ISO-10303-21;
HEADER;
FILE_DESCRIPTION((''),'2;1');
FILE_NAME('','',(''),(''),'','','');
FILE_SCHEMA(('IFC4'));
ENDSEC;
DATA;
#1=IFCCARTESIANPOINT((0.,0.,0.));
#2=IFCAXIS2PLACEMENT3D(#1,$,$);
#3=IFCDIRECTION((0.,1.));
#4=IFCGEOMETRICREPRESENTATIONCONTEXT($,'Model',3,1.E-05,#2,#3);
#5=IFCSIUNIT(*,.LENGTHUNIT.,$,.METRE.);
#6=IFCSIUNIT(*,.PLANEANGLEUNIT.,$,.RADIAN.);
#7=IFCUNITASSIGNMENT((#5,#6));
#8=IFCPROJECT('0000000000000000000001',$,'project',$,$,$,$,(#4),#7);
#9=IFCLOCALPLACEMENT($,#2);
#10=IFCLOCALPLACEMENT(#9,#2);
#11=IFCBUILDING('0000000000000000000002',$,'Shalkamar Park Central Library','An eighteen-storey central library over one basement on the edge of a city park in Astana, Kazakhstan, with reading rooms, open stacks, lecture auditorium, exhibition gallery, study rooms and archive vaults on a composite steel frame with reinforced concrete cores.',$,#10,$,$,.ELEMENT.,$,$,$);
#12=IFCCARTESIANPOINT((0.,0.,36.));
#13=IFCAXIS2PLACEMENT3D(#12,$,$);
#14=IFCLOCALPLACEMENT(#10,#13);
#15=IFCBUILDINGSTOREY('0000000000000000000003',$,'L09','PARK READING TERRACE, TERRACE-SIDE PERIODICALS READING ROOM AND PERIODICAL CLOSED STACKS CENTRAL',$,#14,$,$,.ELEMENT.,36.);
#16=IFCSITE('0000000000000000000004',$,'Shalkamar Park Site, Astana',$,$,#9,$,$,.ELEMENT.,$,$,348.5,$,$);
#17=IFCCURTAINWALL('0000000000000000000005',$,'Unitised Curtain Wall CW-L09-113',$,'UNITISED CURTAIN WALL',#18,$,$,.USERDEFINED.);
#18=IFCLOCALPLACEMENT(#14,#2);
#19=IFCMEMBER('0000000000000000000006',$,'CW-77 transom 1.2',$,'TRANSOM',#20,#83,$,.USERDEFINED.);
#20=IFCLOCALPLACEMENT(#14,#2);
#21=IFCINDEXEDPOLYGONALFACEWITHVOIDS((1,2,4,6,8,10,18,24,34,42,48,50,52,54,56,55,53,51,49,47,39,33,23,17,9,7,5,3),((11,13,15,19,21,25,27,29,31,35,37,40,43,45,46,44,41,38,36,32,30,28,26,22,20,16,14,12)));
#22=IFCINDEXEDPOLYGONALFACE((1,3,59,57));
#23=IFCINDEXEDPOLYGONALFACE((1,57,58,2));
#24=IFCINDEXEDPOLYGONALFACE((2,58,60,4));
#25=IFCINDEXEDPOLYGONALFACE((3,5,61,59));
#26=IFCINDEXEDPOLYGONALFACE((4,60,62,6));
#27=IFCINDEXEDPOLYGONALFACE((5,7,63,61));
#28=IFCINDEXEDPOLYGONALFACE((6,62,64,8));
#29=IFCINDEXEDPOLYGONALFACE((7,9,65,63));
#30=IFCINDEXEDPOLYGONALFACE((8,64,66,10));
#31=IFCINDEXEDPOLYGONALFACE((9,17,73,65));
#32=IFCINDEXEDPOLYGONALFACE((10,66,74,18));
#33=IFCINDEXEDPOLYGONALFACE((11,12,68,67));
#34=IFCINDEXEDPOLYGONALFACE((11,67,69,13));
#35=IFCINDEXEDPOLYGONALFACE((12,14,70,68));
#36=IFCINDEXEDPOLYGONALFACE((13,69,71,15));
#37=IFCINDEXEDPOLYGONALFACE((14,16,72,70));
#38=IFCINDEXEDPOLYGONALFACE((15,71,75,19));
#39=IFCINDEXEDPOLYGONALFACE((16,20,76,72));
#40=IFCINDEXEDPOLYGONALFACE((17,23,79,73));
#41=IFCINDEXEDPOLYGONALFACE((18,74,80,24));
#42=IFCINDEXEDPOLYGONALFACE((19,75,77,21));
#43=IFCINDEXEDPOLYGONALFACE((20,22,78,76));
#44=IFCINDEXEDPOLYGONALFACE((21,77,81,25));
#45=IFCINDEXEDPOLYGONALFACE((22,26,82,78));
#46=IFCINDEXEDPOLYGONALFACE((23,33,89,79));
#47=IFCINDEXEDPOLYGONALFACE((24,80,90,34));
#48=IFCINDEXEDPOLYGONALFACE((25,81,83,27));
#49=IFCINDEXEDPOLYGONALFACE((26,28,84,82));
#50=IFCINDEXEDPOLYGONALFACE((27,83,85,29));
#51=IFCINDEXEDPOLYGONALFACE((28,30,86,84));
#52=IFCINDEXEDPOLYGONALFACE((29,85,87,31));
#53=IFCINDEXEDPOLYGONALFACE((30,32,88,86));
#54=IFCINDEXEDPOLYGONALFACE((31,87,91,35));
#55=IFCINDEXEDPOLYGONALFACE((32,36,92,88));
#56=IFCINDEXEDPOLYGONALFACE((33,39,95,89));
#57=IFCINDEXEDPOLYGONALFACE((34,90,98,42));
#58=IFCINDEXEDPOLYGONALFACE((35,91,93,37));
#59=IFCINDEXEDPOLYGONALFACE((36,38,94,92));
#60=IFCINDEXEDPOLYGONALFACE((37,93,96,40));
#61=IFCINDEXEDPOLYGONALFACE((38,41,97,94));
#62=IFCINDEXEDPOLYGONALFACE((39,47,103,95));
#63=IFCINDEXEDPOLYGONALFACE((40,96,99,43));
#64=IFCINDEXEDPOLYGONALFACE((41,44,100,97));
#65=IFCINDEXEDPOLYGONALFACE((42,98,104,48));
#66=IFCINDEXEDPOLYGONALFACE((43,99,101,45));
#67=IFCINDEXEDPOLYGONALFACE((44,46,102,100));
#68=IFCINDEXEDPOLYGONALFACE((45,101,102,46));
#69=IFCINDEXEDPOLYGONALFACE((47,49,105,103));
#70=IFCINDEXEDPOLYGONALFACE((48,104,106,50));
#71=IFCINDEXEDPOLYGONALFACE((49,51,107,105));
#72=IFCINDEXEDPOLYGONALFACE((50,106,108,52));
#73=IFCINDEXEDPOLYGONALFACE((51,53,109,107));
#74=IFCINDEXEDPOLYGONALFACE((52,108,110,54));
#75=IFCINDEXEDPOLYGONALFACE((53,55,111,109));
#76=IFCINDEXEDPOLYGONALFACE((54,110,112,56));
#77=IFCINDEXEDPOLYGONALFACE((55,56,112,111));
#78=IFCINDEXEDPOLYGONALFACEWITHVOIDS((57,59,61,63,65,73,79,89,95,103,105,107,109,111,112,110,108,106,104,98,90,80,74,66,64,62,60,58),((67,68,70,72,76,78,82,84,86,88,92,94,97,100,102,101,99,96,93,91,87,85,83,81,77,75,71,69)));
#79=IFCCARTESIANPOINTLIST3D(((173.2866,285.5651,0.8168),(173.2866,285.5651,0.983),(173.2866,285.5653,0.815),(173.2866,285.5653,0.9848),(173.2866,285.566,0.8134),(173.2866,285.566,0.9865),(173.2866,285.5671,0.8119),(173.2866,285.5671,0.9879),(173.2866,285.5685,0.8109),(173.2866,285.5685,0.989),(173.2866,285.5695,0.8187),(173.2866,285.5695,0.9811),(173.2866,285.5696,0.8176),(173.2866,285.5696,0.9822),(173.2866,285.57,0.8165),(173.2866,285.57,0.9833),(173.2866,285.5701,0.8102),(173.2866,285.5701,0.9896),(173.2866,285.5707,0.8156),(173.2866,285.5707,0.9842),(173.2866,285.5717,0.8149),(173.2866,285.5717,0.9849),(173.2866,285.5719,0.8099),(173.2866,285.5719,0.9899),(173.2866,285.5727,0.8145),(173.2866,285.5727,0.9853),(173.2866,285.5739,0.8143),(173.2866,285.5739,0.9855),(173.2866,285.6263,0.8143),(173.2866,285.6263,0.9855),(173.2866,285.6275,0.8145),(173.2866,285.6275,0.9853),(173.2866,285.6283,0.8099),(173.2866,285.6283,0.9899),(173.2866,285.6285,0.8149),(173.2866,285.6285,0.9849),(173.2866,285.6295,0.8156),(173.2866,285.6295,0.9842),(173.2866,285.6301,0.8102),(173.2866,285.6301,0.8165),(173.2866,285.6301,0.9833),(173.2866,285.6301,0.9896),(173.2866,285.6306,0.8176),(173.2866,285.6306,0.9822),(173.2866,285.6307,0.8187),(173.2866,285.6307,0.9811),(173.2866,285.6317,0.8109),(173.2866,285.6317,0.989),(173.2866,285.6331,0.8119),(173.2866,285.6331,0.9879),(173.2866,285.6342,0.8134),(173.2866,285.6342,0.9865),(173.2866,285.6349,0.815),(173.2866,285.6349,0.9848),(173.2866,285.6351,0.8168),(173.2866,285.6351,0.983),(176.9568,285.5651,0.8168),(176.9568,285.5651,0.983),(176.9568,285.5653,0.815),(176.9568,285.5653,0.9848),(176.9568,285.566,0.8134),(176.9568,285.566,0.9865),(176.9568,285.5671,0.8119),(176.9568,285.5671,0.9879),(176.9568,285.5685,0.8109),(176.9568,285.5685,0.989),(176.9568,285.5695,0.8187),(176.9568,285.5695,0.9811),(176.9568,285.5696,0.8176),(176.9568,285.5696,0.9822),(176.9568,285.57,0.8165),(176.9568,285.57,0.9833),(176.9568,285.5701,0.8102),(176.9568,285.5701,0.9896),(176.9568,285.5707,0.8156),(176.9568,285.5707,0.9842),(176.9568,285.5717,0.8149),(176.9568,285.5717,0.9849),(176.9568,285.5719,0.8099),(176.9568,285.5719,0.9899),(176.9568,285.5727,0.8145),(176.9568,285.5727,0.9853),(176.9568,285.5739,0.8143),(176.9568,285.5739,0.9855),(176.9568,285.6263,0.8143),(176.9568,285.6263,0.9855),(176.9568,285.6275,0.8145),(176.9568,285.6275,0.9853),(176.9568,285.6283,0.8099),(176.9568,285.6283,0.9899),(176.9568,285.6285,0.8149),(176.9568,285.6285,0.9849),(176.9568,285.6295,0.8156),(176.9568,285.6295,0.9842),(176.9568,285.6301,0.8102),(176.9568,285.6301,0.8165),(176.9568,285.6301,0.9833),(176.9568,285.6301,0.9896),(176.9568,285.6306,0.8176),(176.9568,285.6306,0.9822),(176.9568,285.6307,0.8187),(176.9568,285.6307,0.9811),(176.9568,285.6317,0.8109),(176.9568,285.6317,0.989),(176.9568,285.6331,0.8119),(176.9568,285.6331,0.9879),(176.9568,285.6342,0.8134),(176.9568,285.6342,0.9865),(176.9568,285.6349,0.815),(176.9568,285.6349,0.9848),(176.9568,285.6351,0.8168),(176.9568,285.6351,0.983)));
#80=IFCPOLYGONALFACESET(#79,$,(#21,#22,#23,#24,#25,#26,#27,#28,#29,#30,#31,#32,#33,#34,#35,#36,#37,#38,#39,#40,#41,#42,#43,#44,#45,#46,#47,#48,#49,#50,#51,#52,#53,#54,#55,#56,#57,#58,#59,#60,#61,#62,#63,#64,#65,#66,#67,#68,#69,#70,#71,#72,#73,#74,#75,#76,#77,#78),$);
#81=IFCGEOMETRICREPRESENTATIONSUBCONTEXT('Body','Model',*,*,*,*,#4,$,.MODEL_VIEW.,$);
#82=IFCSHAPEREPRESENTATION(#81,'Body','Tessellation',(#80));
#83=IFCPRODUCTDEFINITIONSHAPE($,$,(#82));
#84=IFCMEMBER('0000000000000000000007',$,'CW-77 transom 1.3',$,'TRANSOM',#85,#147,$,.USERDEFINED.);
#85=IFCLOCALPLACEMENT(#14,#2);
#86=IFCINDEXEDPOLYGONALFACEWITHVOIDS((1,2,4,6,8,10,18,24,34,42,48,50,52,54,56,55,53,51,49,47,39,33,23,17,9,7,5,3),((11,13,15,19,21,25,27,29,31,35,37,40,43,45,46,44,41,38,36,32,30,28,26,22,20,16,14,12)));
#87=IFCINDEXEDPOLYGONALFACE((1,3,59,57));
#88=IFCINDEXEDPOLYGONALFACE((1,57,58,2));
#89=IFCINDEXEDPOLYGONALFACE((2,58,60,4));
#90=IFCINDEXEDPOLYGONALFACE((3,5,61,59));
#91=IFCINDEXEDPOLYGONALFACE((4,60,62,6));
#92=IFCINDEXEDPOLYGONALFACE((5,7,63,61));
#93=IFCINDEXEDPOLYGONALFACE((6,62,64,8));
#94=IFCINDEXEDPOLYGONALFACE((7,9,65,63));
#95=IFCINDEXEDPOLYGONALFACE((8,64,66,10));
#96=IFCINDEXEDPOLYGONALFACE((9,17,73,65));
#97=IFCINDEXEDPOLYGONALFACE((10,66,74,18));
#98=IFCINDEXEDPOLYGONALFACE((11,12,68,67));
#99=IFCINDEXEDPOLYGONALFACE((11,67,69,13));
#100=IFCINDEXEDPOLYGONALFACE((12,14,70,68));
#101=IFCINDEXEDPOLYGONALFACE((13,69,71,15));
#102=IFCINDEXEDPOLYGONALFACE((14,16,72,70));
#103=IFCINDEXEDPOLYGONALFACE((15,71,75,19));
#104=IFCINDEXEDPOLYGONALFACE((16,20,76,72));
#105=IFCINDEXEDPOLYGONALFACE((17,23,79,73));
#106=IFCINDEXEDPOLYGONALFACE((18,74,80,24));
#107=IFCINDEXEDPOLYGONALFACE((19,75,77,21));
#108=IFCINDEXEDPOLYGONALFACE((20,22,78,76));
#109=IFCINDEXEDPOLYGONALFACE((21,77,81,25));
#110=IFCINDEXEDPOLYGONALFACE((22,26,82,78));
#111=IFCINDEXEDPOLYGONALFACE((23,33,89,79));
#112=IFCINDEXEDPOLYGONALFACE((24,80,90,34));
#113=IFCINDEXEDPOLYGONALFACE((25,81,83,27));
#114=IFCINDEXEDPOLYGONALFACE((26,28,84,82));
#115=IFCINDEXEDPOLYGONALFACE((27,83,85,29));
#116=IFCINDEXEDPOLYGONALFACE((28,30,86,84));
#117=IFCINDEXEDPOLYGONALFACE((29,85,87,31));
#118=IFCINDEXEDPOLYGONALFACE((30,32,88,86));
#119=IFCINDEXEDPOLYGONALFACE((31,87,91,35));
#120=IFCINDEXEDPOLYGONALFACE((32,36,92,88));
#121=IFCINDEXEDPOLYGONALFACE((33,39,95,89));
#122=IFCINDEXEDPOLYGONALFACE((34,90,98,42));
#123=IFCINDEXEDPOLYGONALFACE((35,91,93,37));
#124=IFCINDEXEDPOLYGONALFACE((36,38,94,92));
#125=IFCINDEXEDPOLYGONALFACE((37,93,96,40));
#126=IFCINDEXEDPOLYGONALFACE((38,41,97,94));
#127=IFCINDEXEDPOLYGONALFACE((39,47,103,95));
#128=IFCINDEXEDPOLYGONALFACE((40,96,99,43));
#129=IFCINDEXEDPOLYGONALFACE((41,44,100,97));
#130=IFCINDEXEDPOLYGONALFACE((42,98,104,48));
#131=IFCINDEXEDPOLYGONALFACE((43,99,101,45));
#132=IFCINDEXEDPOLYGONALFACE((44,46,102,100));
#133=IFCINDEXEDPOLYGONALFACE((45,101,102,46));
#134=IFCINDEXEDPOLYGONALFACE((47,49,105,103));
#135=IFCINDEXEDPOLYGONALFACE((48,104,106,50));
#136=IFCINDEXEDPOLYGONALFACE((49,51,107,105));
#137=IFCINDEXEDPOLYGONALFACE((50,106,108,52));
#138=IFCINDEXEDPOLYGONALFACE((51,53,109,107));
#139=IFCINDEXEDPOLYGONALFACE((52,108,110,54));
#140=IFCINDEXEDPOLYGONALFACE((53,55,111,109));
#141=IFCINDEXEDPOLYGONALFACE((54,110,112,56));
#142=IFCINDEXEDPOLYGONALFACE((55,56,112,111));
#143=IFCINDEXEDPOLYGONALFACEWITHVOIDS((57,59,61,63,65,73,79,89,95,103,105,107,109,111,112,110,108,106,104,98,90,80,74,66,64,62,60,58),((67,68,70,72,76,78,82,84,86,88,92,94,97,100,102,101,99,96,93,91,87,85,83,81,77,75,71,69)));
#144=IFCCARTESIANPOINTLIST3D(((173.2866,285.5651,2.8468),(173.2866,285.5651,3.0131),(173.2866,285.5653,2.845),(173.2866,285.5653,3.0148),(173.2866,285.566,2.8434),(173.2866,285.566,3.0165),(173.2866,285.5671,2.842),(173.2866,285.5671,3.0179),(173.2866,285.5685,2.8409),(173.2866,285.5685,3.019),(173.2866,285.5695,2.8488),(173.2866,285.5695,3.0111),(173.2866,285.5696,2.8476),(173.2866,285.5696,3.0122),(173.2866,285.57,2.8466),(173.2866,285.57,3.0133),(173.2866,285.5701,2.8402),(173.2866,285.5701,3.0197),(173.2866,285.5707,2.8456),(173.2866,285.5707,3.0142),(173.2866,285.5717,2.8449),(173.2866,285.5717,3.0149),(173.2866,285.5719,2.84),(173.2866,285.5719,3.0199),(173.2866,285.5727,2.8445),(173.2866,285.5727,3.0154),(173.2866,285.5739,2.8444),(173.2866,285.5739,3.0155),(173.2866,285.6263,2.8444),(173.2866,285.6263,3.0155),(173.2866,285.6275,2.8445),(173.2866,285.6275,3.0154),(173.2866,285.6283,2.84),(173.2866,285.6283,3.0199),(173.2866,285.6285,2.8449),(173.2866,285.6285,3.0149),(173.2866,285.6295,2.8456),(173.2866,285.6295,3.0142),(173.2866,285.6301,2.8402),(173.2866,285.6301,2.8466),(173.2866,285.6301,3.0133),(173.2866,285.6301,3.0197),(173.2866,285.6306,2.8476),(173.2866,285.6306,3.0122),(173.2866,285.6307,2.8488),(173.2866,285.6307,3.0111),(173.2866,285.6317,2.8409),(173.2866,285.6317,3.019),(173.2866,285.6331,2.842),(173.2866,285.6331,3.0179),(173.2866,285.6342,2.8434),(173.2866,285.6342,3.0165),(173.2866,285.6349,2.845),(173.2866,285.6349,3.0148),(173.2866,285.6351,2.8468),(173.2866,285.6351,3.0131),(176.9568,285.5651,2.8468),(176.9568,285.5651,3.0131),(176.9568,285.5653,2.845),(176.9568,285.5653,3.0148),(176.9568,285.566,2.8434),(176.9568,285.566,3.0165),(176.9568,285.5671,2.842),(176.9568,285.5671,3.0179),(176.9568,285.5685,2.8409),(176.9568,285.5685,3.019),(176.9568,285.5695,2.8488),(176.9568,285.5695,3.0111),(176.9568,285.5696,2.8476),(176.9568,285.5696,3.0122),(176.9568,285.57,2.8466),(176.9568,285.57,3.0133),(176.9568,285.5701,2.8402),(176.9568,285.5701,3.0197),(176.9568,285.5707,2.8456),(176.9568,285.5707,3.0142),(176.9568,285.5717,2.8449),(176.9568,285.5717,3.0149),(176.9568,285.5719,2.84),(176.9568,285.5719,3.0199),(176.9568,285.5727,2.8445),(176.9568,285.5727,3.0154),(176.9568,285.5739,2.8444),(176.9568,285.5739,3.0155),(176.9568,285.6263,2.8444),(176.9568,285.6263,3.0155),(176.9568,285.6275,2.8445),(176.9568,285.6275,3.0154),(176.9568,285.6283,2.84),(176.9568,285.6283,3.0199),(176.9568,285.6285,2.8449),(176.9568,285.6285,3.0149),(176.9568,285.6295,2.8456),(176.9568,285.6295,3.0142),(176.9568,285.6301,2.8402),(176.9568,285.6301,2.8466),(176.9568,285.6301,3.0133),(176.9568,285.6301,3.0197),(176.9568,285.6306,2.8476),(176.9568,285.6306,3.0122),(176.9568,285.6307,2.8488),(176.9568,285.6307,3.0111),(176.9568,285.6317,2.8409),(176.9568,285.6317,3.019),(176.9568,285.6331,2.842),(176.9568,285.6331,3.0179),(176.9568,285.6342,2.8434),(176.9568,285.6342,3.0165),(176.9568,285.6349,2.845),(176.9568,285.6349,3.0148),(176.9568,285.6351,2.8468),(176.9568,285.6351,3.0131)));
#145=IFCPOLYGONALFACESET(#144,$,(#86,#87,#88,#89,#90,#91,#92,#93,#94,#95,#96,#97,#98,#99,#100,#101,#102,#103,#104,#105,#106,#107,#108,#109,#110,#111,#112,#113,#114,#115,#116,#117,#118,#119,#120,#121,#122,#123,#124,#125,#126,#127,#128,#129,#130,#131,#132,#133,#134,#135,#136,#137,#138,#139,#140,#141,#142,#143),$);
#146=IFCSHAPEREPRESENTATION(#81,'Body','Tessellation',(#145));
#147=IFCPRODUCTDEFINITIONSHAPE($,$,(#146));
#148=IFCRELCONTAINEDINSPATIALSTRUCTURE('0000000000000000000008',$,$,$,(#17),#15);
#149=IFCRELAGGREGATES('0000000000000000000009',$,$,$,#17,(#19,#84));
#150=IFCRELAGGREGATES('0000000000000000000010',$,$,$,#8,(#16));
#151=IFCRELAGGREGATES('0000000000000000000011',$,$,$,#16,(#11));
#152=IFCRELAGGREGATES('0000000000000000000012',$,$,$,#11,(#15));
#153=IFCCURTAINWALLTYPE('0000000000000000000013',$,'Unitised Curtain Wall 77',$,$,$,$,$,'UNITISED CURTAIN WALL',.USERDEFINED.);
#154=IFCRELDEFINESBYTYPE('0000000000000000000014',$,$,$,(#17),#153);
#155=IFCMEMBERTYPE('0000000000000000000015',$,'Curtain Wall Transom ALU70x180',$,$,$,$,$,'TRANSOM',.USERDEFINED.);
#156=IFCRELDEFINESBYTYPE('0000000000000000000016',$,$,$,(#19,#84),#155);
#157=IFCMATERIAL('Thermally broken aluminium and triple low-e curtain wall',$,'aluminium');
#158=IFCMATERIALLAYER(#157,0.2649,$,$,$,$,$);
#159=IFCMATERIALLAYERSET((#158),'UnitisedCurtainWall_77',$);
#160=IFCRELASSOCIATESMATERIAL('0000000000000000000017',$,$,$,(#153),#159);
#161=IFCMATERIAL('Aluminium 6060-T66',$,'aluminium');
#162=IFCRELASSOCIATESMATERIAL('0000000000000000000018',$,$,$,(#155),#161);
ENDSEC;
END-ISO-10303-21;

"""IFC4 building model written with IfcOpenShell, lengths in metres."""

from ifc_helpers import new_model, si_unit, direction, frame, origin, origin_2d, place, context, subcontext, project, spatial, hollow_rectangle, extrude, material, layer, layer_set, material_profile, profile_set, type_object, element, aggregate, save


model = new_model("IFC4")

# Units and contexts
model_context = context("Model", 3, precision=1e-05, world=origin(), true_north=direction((0.0, 1.0)))
body_context = subcontext(model_context, "Body", "Model", "MODEL_VIEW")
ifc_project = project(units=[si_unit("LENGTHUNIT", "METRE"), si_unit("PLANEANGLEUNIT", "RADIAN")], contexts=[model_context])

# Site, building, storey
site_placement = place(None, origin())
site = spatial("IfcSite", under=ifc_project, at=site_placement, Name="Shalkamar Park Site, Astana", CompositionType="ELEMENT", RefElevation=348.5)
building_placement = place(site_placement, origin())
building = spatial("IfcBuilding", under=site, at=building_placement, Name="Shalkamar Park Central Library", Description="An eighteen-storey central library over one basement on the edge of a city park in Astana, Kazakhstan, with reading rooms, open stacks, lecture auditorium, exhibition gallery, study rooms and archive vaults on a composite steel frame with reinforced concrete cores.", CompositionType="ELEMENT")
storey_placement = place(building_placement, frame((0.0, 0.0, 36.0)))
storey = spatial("IfcBuildingStorey", under=building, at=storey_placement, Name="L09", Description="PARK READING TERRACE, TERRACE-SIDE PERIODICALS READING ROOM AND PERIODICAL CLOSED STACKS CENTRAL", CompositionType="ELEMENT", Elevation=36.0)

# Curtain wall, members
ifc_material_1 = material(Name="Thermally broken aluminium and triple low-e curtain wall", Category="aluminium")
ifc_layer_1 = layer(ifc_material_1, 0.2649)
ifc_layer_set_1 = layer_set([ifc_layer_1], Name="UnitisedCurtainWall_77")
curtain_wall_type = type_object("IfcCurtainWallType", Name="Unitised Curtain Wall 77", ElementType="UNITISED CURTAIN WALL", PredefinedType="USERDEFINED", material=ifc_layer_set_1)
curtain_wall_placement = place(storey_placement, origin())
curtain_wall = element("IfcCurtainWall", 1, at=curtain_wall_placement, inside=storey, type_object=curtain_wall_type, Name="Unitised Curtain Wall CW-L09-113", ObjectType="UNITISED CURTAIN WALL", PredefinedType="USERDEFINED")
ifc_material_2 = material(Name="Aluminium 6060-T66", Category="aluminium")
ifc_material_profile_1 = material_profile(ifc_material_2, hollow_rectangle(XDim=0.0701, YDim=0.1799, WallThickness=0.0044, InnerFilletRadius=0.0044, OuterFilletRadius=0.0068, at=origin_2d()), Name="ALU 70x180x4.5")
ifc_profile_set_1 = profile_set([ifc_material_profile_1], Name="Aluminium 6060-T66")
member_type_1 = type_object("IfcMemberType", Name="Curtain Wall Transom ALU70x180", ElementType="TRANSOM", PredefinedType="USERDEFINED", material=ifc_profile_set_1)
member_1_placement = place(storey_placement, frame((173.2866, 285.6001, 0.8999), z_axis=(1.0, 0.0, 0.0), x_axis=(0.0, 1.0, 0.0)))
member_1 = element("IfcMember", 2, at=member_1_placement, type_object=member_type_1, Name="CW-77 transom 1.2", ObjectType="TRANSOM", PredefinedType="USERDEFINED", context=body_context, shape_type="SweptSolid", body=[
    extrude(hollow_rectangle(XDim=0.0701, YDim=0.1799, WallThickness=0.0044, InnerFilletRadius=0.0044, OuterFilletRadius=0.0068, at=origin_2d()), origin(), (0.0, 0.0, 1.0), 3.6702),
])
member_2_placement = place(storey_placement, frame((173.2866, 285.6001, 2.9299), z_axis=(1.0, 0.0, 0.0), x_axis=(0.0, 1.0, 0.0)))
member_2 = element("IfcMember", 3, at=member_2_placement, type_object=member_type_1, Name="CW-77 transom 1.3", ObjectType="TRANSOM", PredefinedType="USERDEFINED", context=body_context, shape_type="SweptSolid", body=[
    extrude(hollow_rectangle(XDim=0.0701, YDim=0.1799, WallThickness=0.0044, InnerFilletRadius=0.0044, OuterFilletRadius=0.0068, at=origin_2d()), origin(), (0.0, 0.0, 1.0), 3.6702),
])

aggregate(curtain_wall, [member_1, member_2])

save(model, "model.ifc")
